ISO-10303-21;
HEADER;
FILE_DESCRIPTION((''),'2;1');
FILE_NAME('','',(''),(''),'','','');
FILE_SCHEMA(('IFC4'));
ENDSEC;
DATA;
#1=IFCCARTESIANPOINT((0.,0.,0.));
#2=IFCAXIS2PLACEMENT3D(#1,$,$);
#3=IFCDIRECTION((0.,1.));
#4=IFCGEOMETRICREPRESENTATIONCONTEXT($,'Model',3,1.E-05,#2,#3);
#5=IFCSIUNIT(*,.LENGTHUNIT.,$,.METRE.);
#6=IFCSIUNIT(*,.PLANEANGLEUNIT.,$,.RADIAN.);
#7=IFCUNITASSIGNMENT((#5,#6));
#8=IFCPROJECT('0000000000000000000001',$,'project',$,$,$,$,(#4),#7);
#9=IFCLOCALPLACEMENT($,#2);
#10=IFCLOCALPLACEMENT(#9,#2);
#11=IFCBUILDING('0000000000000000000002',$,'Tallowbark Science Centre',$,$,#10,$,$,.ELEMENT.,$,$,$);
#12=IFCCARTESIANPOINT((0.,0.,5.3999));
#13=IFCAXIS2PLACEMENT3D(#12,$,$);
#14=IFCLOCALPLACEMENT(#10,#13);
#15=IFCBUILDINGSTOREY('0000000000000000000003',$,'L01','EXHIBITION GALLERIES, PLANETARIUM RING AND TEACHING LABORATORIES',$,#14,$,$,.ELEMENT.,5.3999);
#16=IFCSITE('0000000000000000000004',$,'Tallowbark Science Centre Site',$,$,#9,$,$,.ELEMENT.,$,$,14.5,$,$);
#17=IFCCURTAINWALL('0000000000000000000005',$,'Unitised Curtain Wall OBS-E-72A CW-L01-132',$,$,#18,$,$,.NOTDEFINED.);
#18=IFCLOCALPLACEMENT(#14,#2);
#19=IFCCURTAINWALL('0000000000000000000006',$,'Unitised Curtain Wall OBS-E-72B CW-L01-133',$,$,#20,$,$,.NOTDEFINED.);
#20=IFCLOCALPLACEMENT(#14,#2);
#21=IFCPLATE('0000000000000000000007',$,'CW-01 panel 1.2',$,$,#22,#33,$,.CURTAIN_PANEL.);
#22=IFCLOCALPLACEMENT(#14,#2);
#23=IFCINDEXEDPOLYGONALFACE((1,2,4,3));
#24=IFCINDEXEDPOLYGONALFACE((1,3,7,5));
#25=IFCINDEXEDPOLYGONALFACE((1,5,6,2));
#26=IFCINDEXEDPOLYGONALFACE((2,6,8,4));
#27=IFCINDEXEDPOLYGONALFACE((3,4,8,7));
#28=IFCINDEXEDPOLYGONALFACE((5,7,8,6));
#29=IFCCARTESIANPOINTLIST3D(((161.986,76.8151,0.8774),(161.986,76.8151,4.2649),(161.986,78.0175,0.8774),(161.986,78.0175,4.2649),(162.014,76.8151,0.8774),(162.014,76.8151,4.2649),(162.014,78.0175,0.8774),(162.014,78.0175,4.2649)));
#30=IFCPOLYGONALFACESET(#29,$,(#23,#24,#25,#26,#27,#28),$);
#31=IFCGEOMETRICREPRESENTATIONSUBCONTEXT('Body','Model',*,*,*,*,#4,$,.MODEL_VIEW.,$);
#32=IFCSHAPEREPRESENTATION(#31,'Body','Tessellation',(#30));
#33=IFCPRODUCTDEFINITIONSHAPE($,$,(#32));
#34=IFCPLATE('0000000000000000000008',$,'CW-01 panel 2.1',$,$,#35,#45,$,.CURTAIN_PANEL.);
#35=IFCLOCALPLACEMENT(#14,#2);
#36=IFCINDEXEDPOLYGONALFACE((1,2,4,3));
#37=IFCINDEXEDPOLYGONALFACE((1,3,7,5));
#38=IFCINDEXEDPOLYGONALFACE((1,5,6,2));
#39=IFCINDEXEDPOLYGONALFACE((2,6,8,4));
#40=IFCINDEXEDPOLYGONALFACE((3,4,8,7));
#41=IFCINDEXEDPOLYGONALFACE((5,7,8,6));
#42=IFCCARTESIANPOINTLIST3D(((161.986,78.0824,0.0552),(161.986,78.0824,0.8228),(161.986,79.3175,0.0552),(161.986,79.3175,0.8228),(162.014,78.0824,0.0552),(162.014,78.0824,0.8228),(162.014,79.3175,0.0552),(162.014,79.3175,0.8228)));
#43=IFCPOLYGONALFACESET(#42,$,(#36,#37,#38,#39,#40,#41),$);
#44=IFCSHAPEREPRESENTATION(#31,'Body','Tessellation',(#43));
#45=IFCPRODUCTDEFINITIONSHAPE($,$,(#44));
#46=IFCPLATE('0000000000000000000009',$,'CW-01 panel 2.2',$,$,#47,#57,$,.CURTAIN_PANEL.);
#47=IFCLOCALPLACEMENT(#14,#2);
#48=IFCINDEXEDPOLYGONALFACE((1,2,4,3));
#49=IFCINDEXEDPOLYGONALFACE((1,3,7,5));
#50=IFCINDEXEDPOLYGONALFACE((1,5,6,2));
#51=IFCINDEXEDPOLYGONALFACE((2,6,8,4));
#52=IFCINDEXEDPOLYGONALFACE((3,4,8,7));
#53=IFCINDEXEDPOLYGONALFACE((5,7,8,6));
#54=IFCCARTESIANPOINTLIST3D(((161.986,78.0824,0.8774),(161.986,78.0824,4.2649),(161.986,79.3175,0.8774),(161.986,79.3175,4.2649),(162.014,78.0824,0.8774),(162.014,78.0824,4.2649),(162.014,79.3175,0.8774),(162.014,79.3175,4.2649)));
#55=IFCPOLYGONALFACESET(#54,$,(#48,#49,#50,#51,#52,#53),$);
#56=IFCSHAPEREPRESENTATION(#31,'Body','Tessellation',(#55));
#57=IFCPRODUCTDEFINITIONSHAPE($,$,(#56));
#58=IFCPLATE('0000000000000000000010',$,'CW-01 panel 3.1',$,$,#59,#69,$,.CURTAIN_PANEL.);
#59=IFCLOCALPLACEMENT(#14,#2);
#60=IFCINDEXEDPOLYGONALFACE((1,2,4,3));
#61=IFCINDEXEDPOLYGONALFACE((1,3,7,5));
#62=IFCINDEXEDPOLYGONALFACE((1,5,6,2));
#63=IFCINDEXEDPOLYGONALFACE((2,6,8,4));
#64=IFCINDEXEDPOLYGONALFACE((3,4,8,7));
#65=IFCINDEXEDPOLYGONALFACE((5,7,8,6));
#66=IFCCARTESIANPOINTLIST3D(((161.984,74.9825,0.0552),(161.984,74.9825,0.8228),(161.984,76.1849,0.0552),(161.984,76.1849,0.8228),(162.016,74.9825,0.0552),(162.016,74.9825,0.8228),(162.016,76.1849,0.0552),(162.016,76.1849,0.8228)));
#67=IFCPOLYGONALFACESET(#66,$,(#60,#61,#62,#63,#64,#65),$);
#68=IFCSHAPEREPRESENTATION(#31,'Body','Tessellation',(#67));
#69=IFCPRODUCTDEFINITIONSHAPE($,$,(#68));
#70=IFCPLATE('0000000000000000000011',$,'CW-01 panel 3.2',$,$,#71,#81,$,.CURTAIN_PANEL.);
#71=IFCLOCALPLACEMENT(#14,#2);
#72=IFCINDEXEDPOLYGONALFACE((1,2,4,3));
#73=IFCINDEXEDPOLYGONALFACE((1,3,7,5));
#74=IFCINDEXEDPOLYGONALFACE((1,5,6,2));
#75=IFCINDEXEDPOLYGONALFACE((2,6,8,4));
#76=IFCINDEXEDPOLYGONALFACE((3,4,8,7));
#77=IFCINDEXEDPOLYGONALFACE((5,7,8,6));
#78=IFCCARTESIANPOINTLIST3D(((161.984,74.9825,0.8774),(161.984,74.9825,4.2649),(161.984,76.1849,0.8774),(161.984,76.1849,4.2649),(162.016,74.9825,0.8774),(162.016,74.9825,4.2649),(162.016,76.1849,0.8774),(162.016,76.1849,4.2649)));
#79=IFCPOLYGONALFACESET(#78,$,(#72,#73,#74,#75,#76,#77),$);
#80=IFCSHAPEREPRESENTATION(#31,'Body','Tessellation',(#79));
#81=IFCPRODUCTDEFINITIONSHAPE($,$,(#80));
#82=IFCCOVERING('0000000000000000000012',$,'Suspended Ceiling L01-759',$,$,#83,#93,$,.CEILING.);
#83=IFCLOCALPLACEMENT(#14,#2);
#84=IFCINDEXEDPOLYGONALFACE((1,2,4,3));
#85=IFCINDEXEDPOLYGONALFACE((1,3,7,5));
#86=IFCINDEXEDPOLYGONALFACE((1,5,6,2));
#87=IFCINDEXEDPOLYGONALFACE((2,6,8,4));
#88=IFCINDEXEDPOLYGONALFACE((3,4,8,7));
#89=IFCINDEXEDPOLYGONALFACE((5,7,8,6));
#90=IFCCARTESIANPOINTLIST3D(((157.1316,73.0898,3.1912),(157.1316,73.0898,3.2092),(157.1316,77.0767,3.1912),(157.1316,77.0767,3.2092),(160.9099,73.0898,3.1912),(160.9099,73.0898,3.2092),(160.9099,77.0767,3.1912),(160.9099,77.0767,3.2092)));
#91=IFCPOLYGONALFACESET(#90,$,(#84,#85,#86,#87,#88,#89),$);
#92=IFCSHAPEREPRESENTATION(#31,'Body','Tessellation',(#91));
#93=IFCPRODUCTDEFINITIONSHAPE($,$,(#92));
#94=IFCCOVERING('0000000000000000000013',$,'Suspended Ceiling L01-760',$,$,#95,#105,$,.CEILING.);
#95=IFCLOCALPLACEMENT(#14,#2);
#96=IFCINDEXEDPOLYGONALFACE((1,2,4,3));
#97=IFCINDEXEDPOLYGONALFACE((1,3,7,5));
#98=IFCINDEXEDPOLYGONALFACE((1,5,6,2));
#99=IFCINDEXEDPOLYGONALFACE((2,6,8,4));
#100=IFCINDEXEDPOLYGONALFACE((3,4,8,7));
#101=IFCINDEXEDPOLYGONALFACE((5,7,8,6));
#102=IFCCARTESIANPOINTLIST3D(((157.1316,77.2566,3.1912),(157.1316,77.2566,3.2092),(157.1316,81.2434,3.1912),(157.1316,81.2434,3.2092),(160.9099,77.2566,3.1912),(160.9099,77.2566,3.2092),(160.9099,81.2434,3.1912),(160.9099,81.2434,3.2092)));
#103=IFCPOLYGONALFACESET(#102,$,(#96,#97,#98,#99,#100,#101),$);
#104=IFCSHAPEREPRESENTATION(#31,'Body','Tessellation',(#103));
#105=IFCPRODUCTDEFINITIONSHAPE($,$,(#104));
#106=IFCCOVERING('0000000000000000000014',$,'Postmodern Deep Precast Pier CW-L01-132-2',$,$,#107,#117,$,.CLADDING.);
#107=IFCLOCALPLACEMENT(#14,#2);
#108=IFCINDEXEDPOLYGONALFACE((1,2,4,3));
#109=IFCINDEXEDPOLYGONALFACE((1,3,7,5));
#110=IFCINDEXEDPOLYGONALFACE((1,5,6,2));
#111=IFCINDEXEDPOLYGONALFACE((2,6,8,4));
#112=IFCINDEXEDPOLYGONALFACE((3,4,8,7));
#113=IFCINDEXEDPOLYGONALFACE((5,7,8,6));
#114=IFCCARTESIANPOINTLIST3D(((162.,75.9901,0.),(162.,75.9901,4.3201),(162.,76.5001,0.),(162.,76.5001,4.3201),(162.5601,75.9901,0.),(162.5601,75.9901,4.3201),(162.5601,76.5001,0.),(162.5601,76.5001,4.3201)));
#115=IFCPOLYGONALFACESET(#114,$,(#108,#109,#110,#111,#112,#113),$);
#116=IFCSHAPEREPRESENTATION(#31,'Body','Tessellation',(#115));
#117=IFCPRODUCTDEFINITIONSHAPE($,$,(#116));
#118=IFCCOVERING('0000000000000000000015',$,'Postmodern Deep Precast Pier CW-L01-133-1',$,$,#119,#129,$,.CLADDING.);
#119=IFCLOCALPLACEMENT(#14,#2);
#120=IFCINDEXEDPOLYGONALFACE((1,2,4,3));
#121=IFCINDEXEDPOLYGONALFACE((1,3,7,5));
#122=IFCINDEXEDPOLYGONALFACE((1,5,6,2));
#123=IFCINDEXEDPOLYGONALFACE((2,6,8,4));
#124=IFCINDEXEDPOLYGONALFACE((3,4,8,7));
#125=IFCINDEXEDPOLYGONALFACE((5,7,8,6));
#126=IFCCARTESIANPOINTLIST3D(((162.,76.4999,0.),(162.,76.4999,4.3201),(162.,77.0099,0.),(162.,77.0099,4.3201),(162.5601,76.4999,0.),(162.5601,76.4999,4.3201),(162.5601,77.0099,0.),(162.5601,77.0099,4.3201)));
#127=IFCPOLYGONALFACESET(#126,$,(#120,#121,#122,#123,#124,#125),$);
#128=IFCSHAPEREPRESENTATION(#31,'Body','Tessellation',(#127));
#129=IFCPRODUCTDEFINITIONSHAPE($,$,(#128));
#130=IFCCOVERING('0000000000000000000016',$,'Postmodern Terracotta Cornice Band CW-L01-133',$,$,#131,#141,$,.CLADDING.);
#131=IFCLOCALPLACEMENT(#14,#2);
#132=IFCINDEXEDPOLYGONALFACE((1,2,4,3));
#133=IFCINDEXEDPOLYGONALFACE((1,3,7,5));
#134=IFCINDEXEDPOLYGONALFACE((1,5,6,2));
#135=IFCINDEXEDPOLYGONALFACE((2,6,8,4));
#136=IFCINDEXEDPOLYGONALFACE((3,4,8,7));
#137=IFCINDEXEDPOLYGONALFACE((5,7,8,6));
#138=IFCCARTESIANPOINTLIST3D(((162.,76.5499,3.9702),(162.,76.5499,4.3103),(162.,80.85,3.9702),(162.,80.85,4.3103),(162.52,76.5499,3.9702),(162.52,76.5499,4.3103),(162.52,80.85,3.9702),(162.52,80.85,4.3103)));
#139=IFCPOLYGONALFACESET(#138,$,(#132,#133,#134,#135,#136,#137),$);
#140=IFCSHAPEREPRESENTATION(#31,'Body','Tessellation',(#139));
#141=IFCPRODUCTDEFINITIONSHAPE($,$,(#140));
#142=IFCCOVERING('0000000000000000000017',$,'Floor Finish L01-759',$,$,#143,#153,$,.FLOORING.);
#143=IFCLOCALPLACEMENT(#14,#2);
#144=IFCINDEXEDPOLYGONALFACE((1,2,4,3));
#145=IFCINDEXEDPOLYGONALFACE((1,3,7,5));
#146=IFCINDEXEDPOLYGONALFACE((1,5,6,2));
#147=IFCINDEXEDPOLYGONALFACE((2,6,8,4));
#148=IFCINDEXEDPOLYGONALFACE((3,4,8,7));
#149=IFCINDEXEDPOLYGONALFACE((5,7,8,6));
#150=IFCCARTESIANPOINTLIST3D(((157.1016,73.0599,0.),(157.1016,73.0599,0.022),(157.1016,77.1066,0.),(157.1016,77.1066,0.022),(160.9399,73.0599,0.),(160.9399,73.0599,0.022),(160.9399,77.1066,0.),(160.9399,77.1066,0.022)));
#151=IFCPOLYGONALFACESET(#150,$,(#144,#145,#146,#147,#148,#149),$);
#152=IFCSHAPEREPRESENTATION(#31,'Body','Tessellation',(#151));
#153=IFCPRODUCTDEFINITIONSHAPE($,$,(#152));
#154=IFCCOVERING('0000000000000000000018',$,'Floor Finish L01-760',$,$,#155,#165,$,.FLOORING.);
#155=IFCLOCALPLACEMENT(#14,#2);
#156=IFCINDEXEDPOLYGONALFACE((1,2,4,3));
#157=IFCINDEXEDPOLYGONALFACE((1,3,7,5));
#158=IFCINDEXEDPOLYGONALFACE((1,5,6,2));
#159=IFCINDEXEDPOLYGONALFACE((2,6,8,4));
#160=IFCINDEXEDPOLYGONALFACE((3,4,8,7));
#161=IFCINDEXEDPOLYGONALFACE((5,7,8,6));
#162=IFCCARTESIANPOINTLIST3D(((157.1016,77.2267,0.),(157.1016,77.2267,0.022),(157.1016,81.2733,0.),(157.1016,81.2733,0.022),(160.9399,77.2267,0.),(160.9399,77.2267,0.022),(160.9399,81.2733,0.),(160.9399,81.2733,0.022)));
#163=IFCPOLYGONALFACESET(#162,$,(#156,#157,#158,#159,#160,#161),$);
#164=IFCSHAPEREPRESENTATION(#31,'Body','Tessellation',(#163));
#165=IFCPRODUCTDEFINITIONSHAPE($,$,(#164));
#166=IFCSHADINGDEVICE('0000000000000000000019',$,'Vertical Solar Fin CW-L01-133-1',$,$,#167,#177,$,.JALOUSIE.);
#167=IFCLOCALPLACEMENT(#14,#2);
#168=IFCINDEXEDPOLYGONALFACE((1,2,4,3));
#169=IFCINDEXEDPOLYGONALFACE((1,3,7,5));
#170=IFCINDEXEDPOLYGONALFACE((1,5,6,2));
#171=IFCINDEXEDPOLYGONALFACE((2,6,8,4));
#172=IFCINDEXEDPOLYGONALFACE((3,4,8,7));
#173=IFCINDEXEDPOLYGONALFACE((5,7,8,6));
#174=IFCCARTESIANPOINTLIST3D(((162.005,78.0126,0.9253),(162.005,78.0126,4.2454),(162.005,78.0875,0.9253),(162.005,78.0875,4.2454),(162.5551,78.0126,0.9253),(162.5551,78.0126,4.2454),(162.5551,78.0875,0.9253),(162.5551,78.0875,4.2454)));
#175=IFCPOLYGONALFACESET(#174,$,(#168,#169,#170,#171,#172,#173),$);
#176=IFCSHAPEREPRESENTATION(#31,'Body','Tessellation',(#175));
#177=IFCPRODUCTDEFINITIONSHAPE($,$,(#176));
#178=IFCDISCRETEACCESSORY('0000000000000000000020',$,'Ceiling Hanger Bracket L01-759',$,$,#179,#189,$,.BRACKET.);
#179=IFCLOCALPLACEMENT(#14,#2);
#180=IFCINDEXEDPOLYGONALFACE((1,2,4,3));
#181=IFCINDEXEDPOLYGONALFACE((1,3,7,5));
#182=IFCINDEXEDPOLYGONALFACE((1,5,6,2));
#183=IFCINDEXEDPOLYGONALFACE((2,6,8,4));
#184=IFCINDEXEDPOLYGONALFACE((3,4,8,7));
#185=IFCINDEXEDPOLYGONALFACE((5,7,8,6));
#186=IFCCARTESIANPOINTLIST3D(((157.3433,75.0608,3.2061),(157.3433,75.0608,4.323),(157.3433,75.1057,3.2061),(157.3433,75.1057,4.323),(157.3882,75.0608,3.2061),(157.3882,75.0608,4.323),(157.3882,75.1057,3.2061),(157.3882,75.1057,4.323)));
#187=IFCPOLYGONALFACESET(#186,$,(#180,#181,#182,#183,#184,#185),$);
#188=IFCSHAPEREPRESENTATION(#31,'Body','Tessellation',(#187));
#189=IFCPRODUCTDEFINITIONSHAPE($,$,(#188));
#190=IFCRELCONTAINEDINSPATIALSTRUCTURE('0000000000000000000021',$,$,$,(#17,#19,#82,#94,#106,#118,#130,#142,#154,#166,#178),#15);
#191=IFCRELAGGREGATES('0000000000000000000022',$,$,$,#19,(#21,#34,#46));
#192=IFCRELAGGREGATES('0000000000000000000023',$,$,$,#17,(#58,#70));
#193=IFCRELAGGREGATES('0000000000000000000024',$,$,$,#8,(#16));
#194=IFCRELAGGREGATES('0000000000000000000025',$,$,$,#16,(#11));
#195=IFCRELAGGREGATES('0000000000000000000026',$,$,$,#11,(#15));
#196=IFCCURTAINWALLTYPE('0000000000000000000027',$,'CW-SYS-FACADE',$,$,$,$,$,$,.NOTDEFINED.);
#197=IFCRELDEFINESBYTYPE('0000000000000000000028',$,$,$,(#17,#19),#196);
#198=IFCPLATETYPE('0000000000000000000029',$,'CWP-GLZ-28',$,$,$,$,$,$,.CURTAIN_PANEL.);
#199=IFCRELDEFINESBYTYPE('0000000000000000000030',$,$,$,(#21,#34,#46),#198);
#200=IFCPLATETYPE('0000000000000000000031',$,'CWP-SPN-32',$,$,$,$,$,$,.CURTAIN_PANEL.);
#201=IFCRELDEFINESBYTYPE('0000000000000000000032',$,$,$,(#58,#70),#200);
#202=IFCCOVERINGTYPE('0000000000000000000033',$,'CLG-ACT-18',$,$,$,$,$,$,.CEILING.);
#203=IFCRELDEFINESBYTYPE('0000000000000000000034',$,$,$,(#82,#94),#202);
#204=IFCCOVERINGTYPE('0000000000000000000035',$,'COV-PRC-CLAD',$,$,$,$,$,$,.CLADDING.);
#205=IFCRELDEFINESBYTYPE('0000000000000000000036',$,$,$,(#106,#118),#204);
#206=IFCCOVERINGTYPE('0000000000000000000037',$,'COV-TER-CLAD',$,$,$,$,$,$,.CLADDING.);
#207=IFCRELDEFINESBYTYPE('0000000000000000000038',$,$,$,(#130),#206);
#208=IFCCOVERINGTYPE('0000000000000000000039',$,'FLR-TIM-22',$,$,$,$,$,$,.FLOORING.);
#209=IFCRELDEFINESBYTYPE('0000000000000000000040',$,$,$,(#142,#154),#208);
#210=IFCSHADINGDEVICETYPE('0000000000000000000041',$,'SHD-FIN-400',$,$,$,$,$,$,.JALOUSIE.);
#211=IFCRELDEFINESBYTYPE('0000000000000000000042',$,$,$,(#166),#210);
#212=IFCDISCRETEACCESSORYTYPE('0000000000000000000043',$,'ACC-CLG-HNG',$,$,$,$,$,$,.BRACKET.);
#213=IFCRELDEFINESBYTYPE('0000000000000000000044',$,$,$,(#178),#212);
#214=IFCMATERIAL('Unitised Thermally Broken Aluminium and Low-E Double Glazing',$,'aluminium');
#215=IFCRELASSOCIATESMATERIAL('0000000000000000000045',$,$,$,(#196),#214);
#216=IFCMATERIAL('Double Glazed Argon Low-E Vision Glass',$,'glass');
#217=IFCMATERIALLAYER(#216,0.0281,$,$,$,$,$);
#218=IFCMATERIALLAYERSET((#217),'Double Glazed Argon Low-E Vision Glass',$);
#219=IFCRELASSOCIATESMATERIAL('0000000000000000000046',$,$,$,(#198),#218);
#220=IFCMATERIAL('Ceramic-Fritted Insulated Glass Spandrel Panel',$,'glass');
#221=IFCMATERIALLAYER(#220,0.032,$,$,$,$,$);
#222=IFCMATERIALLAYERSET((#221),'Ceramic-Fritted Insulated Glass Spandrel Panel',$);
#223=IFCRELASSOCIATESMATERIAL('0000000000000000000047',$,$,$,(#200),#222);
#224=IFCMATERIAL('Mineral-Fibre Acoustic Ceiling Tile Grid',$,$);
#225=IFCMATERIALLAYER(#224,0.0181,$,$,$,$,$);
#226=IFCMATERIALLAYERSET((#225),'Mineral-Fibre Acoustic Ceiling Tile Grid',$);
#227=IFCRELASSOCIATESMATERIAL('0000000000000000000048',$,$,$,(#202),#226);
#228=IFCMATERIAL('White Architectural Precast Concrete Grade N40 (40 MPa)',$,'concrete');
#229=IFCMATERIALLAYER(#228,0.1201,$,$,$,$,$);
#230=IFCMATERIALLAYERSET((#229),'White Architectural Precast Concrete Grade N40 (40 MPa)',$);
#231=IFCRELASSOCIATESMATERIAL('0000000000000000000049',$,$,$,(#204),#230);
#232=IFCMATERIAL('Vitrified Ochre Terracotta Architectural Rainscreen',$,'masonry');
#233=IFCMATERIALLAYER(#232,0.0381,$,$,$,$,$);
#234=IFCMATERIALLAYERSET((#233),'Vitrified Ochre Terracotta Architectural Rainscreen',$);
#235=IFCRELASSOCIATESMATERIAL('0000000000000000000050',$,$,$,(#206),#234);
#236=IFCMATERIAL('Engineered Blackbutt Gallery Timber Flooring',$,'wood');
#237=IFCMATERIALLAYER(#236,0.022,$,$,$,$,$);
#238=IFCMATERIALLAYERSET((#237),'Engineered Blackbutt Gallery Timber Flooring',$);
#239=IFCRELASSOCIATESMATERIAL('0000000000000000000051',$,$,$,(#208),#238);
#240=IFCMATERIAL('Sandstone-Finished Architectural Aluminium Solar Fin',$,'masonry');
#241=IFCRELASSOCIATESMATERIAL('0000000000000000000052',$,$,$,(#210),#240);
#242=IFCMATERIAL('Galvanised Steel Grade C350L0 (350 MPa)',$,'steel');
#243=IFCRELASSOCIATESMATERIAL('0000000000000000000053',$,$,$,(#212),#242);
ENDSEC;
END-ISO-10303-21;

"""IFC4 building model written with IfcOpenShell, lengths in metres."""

from ifc_helpers import new_model, si_unit, direction, frame, origin, origin_2d, place, context, subcontext, project, spatial, rectangle, extrude, material, layer, layer_set, type_object, element, aggregate, save


model = new_model("IFC4")

# Units and contexts
model_context = context("Model", 3, precision=1e-05, world=origin(), true_north=direction((0.0, 1.0)))
body_context = subcontext(model_context, "Body", "Model", "MODEL_VIEW")
ifc_project = project(units=[si_unit("LENGTHUNIT", "METRE"), si_unit("PLANEANGLEUNIT", "RADIAN")], contexts=[model_context])

# Site, building, storey
site_placement = place(None, origin())
site = spatial("IfcSite", under=ifc_project, at=site_placement, Name="Tallowbark Science Centre Site", CompositionType="ELEMENT", RefElevation=14.5)
building_placement = place(site_placement, origin())
building = spatial("IfcBuilding", under=site, at=building_placement, Name="Tallowbark Science Centre", CompositionType="ELEMENT")
storey_placement = place(building_placement, frame((0.0, 0.0, 5.3999)))
storey = spatial("IfcBuildingStorey", under=building, at=storey_placement, Name="L01", Description="EXHIBITION GALLERIES, PLANETARIUM RING AND TEACHING LABORATORIES", CompositionType="ELEMENT", Elevation=5.3999)

# Curtain wall
ifc_material_1 = material(Name="Unitised Thermally Broken Aluminium and Low-E Double Glazing", Category="aluminium")
curtain_wall_type = type_object("IfcCurtainWallType", Name="CW-SYS-FACADE", PredefinedType="NOTDEFINED", material=ifc_material_1)
curtain_wall_1_placement = place(storey_placement, origin())
curtain_wall_1 = element("IfcCurtainWall", 1, at=curtain_wall_1_placement, inside=storey, type_object=curtain_wall_type, Name="Unitised Curtain Wall OBS-E-72A CW-L01-132", PredefinedType="NOTDEFINED")

# Curtain wall
curtain_wall_2_placement = place(storey_placement, origin())
curtain_wall_2 = element("IfcCurtainWall", 2, at=curtain_wall_2_placement, inside=storey, type_object=curtain_wall_type, Name="Unitised Curtain Wall OBS-E-72B CW-L01-133", PredefinedType="NOTDEFINED")

# Plates
ifc_material_2 = material(Name="Double Glazed Argon Low-E Vision Glass", Category="glass")
ifc_layer_1 = layer(ifc_material_2, 0.0281)
ifc_layer_set_1 = layer_set([ifc_layer_1], Name="Double Glazed Argon Low-E Vision Glass")
plate_type_1 = type_object("IfcPlateType", Name="CWP-GLZ-28", PredefinedType="CURTAIN_PANEL", material=ifc_layer_set_1)
plate_1_placement = place(storey_placement, frame((162.0, 77.4163, 0.8774), z_axis=(0.0, 0.0, 1.0), x_axis=(0.0, 1.0, 0.0)))
plate_1 = element("IfcPlate", 3, at=plate_1_placement, type_object=plate_type_1, Name="CW-01 panel 1.2", PredefinedType="CURTAIN_PANEL", context=body_context, shape_type="SweptSolid", body=[
    extrude(rectangle(XDim=1.2024, YDim=0.0281, at=origin_2d()), origin(), (0.0, 0.0, 1.0), 3.3875),
])
plate_2_placement = place(storey_placement, frame((162.0, 78.7, 0.0552), z_axis=(0.0, 0.0, 1.0), x_axis=(0.0, 1.0, 0.0)))
plate_2 = element("IfcPlate", 4, at=plate_2_placement, type_object=plate_type_1, Name="CW-01 panel 2.1", PredefinedType="CURTAIN_PANEL", context=body_context, shape_type="SweptSolid", body=[
    extrude(rectangle(XDim=1.2351, YDim=0.0281, at=origin_2d()), origin(), (0.0, 0.0, 1.0), 0.7676),
])
plate_3_placement = place(storey_placement, frame((162.0, 78.7, 0.8774), z_axis=(0.0, 0.0, 1.0), x_axis=(0.0, 1.0, 0.0)))
plate_3 = element("IfcPlate", 5, at=plate_3_placement, type_object=plate_type_1, Name="CW-01 panel 2.2", PredefinedType="CURTAIN_PANEL", context=body_context, shape_type="SweptSolid", body=[
    extrude(rectangle(XDim=1.2351, YDim=0.0281, at=origin_2d()), origin(), (0.0, 0.0, 1.0), 3.3875),
])
aggregate(curtain_wall_2, [plate_1, plate_2, plate_3])
ifc_material_3 = material(Name="Ceramic-Fritted Insulated Glass Spandrel Panel", Category="glass")
ifc_layer_2 = layer(ifc_material_3, 0.032)
ifc_layer_set_2 = layer_set([ifc_layer_2], Name="Ceramic-Fritted Insulated Glass Spandrel Panel")
plate_type_2 = type_object("IfcPlateType", Name="CWP-SPN-32", PredefinedType="CURTAIN_PANEL", material=ifc_layer_set_2)
plate_4_placement = place(storey_placement, frame((162.0, 75.5837, 0.0552), z_axis=(0.0, 0.0, 1.0), x_axis=(0.0, 1.0, 0.0)))
plate_4 = element("IfcPlate", 6, at=plate_4_placement, type_object=plate_type_2, Name="CW-01 panel 3.1", PredefinedType="CURTAIN_PANEL", context=body_context, shape_type="SweptSolid", body=[
    extrude(rectangle(XDim=1.2024, YDim=0.032, at=origin_2d()), origin(), (0.0, 0.0, 1.0), 0.7676),
])
plate_5_placement = place(storey_placement, frame((162.0, 75.5837, 0.8774), z_axis=(0.0, 0.0, 1.0), x_axis=(0.0, 1.0, 0.0)))
plate_5 = element("IfcPlate", 7, at=plate_5_placement, type_object=plate_type_2, Name="CW-01 panel 3.2", PredefinedType="CURTAIN_PANEL", context=body_context, shape_type="SweptSolid", body=[
    extrude(rectangle(XDim=1.2024, YDim=0.032, at=origin_2d()), origin(), (0.0, 0.0, 1.0), 3.3875),
])
aggregate(curtain_wall_1, [plate_4, plate_5])

# Coverings
ifc_material_4 = material(Name="Mineral-Fibre Acoustic Ceiling Tile Grid")
ifc_layer_3 = layer(ifc_material_4, 0.0181)
ifc_layer_set_3 = layer_set([ifc_layer_3], Name="Mineral-Fibre Acoustic Ceiling Tile Grid")
covering_type_1 = type_object("IfcCoveringType", Name="CLG-ACT-18", PredefinedType="CEILING", material=ifc_layer_set_3)
for number, where, z_axis, x_axis, name in (
    (8, (159.0208, 75.0833, 3.1912), (0.0, 0.0, 1.0), (1.0, 0.0, 0.0), "Suspended Ceiling L01-759"),
    (9, (159.0208, 79.25, 3.1912), (0.0, 0.0, 1.0), (1.0, 0.0, 0.0), "Suspended Ceiling L01-760"),
):
    element("IfcCovering", number, at=place(storey_placement, frame(where, z_axis=z_axis, x_axis=x_axis)), inside=storey, type_object=covering_type_1, Name=name, PredefinedType="CEILING", context=body_context, shape_type="SweptSolid", body=[
        extrude(rectangle(XDim=3.7783, YDim=3.9868, at=origin_2d()), origin(), (0.0, 0.0, 1.0), 0.0181),
    ])
ifc_material_5 = material(Name="White Architectural Precast Concrete Grade N40 (40 MPa)", Category="concrete")
ifc_layer_4 = layer(ifc_material_5, 0.1201)
ifc_layer_set_4 = layer_set([ifc_layer_4], Name="White Architectural Precast Concrete Grade N40 (40 MPa)")
covering_type_2 = type_object("IfcCoveringType", Name="COV-PRC-CLAD", PredefinedType="CLADDING", material=ifc_layer_set_4)
for number, where, z_axis, x_axis, name in (
    (10, (162.28, 76.2451, 0.0), (0.0, 0.0, 1.0), (0.0, 1.0, 0.0), "Postmodern Deep Precast Pier CW-L01-132-2"),
    (11, (162.28, 76.7549, 0.0), (0.0, 0.0, 1.0), (0.0, 1.0, 0.0), "Postmodern Deep Precast Pier CW-L01-133-1"),
):
    element("IfcCovering", number, at=place(storey_placement, frame(where, z_axis=z_axis, x_axis=x_axis)), inside=storey, type_object=covering_type_2, Name=name, PredefinedType="CLADDING", context=body_context, shape_type="SweptSolid", body=[
        extrude(rectangle(XDim=0.51, YDim=0.5601, at=origin_2d()), origin(), (0.0, 0.0, 1.0), 4.3201),
    ])
ifc_material_6 = material(Name="Vitrified Ochre Terracotta Architectural Rainscreen", Category="masonry")
ifc_layer_5 = layer(ifc_material_6, 0.0381)
ifc_layer_set_5 = layer_set([ifc_layer_5], Name="Vitrified Ochre Terracotta Architectural Rainscreen")
covering_type_3 = type_object("IfcCoveringType", Name="COV-TER-CLAD", PredefinedType="CLADDING", material=ifc_layer_set_5)
covering_placement = place(storey_placement, frame((162.26, 78.7, 3.9702), z_axis=(0.0, 0.0, 1.0), x_axis=(0.0, 1.0, 0.0)))
element("IfcCovering", 12, at=covering_placement, inside=storey, type_object=covering_type_3, Name="Postmodern Terracotta Cornice Band CW-L01-133", PredefinedType="CLADDING", context=body_context, shape_type="SweptSolid", body=[
    extrude(rectangle(XDim=4.3, YDim=0.52, at=origin_2d()), origin(), (0.0, 0.0, 1.0), 0.3401),
])
ifc_material_7 = material(Name="Engineered Blackbutt Gallery Timber Flooring", Category="wood")
ifc_layer_6 = layer(ifc_material_7, 0.022)
ifc_layer_set_6 = layer_set([ifc_layer_6], Name="Engineered Blackbutt Gallery Timber Flooring")
covering_type_4 = type_object("IfcCoveringType", Name="FLR-TIM-22", PredefinedType="FLOORING", material=ifc_layer_set_6)
for number, where, z_axis, x_axis, name in (
    (13, (159.0208, 75.0833, 0.0), (0.0, 0.0, 1.0), (1.0, 0.0, 0.0), "Floor Finish L01-759"),
    (14, (159.0208, 79.25, 0.0), (0.0, 0.0, 1.0), (1.0, 0.0, 0.0), "Floor Finish L01-760"),
):
    element("IfcCovering", number, at=place(storey_placement, frame(where, z_axis=z_axis, x_axis=x_axis)), inside=storey, type_object=covering_type_4, Name=name, PredefinedType="FLOORING", context=body_context, shape_type="SweptSolid", body=[
        extrude(rectangle(XDim=3.8384, YDim=4.0466, at=origin_2d()), origin(), (0.0, 0.0, 1.0), 0.022),
    ])

# Shading device
ifc_material_8 = material(Name="Sandstone-Finished Architectural Aluminium Solar Fin", Category="masonry")
shading_device_type = type_object("IfcShadingDeviceType", Name="SHD-FIN-400", PredefinedType="JALOUSIE", material=ifc_material_8)
shading_device_placement = place(storey_placement, frame((162.28, 78.05, 0.9253), z_axis=(0.0, 0.0, 1.0), x_axis=(0.0, 1.0, 0.0)))
element("IfcShadingDevice", 15, at=shading_device_placement, inside=storey, type_object=shading_device_type, Name="Vertical Solar Fin CW-L01-133-1", PredefinedType="JALOUSIE", context=body_context, shape_type="SweptSolid", body=[
    extrude(rectangle(XDim=0.075, YDim=0.55, at=origin_2d()), origin(), (0.0, 0.0, 1.0), 3.3201),
])

# Discrete accessory
ifc_material_9 = material(Name="Galvanised Steel Grade C350L0 (350 MPa)", Category="steel")
discrete_accessory_type = type_object("IfcDiscreteAccessoryType", Name="ACC-CLG-HNG", PredefinedType="BRACKET", material=ifc_material_9)
for number, where, z_axis, x_axis, name in (
    (16, (157.3657, 75.0833, 3.2061), (0.0, 0.0, 1.0), (1.0, 0.0, 0.0), "Ceiling Hanger Bracket L01-759"),
):
    element("IfcDiscreteAccessory", number, at=place(storey_placement, frame(where, z_axis=z_axis, x_axis=x_axis)), inside=storey, type_object=discrete_accessory_type, Name=name, PredefinedType="BRACKET", context=body_context, shape_type="SweptSolid", body=[
        extrude(rectangle(XDim=0.0449, YDim=0.0449, at=origin_2d()), origin(), (0.0, 0.0, 1.0), 1.1169),
    ])

save(model, "model.ifc")
